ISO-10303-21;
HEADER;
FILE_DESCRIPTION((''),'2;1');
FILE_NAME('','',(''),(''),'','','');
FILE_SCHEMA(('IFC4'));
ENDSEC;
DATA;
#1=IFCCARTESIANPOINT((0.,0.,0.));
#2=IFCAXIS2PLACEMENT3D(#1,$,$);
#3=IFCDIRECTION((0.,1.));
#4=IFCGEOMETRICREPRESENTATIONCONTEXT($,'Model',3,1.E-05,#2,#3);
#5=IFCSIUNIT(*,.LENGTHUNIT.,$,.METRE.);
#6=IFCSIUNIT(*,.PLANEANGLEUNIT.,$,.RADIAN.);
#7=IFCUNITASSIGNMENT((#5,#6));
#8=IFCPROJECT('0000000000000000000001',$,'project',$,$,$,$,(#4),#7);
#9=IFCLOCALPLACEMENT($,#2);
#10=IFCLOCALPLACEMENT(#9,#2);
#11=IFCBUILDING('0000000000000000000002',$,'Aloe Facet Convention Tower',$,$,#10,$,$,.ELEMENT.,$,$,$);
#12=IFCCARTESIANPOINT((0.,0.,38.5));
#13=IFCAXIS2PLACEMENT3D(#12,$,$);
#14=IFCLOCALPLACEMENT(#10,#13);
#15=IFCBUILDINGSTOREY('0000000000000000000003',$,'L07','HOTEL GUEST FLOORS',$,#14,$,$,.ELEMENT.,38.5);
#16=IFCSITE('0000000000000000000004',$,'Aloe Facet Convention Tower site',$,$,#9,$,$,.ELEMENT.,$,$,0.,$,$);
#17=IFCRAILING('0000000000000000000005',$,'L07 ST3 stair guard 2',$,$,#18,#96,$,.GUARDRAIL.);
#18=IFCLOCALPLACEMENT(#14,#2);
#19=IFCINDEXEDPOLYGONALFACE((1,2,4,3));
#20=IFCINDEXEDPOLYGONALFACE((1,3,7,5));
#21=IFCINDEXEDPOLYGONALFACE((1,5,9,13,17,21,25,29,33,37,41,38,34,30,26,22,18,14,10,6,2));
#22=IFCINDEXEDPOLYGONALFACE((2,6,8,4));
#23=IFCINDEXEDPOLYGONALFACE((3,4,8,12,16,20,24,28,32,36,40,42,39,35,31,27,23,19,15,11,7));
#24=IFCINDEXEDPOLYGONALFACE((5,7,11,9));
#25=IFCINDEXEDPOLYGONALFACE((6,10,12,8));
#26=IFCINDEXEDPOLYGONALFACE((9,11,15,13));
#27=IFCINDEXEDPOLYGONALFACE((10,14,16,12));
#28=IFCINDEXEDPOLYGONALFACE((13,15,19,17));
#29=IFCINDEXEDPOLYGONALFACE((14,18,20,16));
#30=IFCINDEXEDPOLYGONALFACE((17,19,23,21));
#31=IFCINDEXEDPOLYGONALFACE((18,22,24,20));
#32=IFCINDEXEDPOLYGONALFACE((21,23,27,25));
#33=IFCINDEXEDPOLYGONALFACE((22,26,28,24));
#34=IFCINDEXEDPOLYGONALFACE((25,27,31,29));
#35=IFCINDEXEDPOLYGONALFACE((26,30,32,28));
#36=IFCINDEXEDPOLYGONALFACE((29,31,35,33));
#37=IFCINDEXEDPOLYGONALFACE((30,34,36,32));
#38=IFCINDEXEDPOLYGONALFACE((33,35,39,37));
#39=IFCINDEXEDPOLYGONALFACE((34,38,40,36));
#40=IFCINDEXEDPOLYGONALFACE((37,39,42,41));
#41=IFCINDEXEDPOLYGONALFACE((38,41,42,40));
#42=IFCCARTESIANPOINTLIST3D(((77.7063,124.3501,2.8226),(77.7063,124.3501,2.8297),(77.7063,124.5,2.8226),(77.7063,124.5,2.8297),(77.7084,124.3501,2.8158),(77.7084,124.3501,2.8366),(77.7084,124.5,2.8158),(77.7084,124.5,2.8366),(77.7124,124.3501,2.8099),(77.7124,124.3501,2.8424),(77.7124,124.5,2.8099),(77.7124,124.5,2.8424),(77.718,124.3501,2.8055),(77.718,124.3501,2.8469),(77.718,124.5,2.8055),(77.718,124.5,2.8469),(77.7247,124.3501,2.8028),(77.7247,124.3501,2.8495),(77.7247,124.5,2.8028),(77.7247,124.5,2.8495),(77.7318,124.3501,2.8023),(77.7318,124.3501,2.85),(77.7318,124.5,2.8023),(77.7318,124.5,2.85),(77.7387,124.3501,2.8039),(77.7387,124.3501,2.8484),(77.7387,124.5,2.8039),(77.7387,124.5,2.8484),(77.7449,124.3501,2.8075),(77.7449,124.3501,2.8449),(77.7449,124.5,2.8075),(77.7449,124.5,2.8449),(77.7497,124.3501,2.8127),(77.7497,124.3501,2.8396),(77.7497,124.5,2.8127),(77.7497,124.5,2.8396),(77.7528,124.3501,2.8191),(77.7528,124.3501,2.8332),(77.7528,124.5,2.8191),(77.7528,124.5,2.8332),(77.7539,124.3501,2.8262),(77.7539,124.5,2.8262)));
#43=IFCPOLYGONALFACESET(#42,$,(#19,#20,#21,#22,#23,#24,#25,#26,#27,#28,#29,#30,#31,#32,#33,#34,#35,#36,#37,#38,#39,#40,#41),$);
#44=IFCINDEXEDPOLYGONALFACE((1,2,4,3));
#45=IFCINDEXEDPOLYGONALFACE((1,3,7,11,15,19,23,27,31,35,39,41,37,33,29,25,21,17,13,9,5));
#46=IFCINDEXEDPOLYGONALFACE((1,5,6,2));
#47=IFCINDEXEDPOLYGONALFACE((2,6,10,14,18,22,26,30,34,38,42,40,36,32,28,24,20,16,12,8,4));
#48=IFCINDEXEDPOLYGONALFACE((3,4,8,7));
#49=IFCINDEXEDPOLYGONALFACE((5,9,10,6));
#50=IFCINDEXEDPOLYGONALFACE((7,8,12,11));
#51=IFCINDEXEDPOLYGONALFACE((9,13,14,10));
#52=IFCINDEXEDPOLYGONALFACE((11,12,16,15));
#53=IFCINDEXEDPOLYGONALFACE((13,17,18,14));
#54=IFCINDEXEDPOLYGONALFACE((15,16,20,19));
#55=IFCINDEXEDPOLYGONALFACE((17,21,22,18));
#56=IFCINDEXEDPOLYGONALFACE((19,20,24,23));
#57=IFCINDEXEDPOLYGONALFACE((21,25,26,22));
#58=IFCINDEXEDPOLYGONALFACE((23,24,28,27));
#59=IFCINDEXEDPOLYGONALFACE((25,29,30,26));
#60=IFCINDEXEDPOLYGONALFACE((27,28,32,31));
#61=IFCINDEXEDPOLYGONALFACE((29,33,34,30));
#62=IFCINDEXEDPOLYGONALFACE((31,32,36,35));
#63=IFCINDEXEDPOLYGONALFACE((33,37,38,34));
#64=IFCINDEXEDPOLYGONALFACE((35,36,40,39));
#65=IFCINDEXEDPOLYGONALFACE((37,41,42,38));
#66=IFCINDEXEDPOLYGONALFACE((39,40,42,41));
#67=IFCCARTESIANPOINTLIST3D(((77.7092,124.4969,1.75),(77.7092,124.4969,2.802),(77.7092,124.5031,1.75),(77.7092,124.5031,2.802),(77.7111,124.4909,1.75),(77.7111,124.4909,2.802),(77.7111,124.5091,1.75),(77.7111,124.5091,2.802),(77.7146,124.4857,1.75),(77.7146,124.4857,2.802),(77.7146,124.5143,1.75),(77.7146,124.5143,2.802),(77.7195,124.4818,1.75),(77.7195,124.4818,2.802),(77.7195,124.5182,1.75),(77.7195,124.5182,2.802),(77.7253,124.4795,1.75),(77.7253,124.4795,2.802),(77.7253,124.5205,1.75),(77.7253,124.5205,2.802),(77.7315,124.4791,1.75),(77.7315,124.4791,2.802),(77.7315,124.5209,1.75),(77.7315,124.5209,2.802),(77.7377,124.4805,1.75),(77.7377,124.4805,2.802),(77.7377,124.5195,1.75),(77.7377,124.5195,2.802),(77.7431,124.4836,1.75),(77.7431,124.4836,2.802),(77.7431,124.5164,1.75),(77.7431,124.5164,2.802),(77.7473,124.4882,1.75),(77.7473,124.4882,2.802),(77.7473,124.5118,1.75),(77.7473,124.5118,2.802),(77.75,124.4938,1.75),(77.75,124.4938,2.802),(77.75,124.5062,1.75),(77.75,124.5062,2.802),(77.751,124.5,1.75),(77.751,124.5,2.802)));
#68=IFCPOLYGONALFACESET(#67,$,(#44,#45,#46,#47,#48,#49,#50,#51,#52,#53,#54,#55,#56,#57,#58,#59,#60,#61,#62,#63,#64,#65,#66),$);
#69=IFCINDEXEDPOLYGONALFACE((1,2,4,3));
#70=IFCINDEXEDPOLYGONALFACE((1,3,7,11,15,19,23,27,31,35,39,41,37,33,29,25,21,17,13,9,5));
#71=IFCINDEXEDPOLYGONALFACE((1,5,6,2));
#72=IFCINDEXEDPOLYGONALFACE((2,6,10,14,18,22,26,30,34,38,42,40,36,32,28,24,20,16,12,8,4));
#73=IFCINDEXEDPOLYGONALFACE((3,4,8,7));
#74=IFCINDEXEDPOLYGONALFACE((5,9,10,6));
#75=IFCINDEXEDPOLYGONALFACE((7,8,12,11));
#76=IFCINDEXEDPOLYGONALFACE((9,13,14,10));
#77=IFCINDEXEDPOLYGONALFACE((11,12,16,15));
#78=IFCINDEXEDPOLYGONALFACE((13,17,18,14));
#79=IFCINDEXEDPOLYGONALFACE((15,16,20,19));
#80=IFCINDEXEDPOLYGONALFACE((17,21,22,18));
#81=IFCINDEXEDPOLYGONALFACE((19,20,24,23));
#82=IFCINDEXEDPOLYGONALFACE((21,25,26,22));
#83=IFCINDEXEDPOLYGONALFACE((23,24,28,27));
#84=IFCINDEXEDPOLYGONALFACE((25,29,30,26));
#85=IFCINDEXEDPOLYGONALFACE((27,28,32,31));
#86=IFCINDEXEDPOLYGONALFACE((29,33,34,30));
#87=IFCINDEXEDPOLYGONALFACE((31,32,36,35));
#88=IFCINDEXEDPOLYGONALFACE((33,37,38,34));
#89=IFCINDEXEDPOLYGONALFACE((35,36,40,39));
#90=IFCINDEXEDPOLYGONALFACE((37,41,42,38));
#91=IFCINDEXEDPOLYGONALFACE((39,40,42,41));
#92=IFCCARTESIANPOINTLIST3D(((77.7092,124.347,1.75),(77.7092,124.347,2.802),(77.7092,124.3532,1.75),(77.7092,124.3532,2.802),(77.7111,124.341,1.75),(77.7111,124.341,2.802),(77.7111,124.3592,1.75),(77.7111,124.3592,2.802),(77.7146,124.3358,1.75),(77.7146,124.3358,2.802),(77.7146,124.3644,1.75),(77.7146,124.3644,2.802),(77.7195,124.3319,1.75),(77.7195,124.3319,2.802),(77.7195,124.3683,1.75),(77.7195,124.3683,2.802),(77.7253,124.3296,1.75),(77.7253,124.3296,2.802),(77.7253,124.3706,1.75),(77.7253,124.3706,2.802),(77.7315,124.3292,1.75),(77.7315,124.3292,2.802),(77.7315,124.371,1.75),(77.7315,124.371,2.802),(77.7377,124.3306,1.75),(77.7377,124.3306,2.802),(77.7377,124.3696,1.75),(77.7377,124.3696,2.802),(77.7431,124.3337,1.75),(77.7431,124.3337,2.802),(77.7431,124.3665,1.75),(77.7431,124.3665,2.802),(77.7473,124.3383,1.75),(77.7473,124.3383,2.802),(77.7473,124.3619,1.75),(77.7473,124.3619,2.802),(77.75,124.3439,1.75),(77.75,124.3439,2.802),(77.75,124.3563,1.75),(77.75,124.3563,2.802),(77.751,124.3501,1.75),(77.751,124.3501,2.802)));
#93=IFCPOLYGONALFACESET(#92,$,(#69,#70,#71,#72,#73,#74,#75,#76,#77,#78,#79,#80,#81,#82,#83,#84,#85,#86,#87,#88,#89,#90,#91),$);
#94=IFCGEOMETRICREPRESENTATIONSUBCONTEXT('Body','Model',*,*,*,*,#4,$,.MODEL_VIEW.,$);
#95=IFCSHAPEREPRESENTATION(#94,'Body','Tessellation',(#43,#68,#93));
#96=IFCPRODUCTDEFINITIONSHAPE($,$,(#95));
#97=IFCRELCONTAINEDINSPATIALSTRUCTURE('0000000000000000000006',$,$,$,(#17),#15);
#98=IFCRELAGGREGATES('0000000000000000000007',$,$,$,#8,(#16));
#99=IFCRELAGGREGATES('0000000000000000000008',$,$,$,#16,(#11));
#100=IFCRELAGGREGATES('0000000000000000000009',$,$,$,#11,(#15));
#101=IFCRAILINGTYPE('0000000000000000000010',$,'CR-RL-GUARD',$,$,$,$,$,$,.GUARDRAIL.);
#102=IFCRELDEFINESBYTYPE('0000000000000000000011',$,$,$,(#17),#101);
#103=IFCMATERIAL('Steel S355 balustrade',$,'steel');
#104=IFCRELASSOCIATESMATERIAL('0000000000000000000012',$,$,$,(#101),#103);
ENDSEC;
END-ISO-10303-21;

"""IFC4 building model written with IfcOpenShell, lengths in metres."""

from ifc_helpers import new_model, si_unit, direction, frame, origin, origin_2d, place, context, subcontext, project, spatial, circle, extrude, material, type_object, element, save


model = new_model("IFC4")

# Units and contexts
model_context = context("Model", 3, precision=1e-05, world=origin(), true_north=direction((0.0, 1.0)))
body_context = subcontext(model_context, "Body", "Model", "MODEL_VIEW")
ifc_project = project(units=[si_unit("LENGTHUNIT", "METRE"), si_unit("PLANEANGLEUNIT", "RADIAN")], contexts=[model_context])

# Site, building, storey
site_placement = place(None, origin())
site = spatial("IfcSite", under=ifc_project, at=site_placement, Name="Aloe Facet Convention Tower site", CompositionType="ELEMENT", RefElevation=0.0)
building_placement = place(site_placement, origin())
building = spatial("IfcBuilding", under=site, at=building_placement, Name="Aloe Facet Convention Tower", CompositionType="ELEMENT")
storey_placement = place(building_placement, frame((0.0, 0.0, 38.5)))
storey = spatial("IfcBuildingStorey", under=building, at=storey_placement, Name="L07", Description="HOTEL GUEST FLOORS", CompositionType="ELEMENT", Elevation=38.5)

# Railing
ifc_material_1 = material(Name="Steel S355 balustrade", Category="steel")
railing_type_1 = type_object("IfcRailingType", Name="CR-RL-GUARD", PredefinedType="GUARDRAIL", material=ifc_material_1)
railing_1_placement = place(storey_placement, frame((77.73, 124.5, 1.75)))
element("IfcRailing", 1, at=railing_1_placement, inside=storey, type_object=railing_type_1, Name="L07 ST3 stair guard 2", PredefinedType="GUARDRAIL", context=body_context, shape_type="SweptSolid", body=[
    extrude(circle(Radius=0.0239, at=origin_2d()), frame((0.0, 0.0, 1.0762), z_axis=(0.0, -1.0, 0.0), x_axis=(1.0, 0.0, 0.0)), (0.0, 0.0, 1.0), 0.1499),
    extrude(circle(Radius=0.021, at=origin_2d()), origin(), (0.0, 0.0, 1.0), 1.052),
    extrude(circle(Radius=0.021, at=origin_2d()), frame((0.0, -0.1499, 0.0)), (0.0, 0.0, 1.0), 1.052),
])

save(model, "model.ifc")
